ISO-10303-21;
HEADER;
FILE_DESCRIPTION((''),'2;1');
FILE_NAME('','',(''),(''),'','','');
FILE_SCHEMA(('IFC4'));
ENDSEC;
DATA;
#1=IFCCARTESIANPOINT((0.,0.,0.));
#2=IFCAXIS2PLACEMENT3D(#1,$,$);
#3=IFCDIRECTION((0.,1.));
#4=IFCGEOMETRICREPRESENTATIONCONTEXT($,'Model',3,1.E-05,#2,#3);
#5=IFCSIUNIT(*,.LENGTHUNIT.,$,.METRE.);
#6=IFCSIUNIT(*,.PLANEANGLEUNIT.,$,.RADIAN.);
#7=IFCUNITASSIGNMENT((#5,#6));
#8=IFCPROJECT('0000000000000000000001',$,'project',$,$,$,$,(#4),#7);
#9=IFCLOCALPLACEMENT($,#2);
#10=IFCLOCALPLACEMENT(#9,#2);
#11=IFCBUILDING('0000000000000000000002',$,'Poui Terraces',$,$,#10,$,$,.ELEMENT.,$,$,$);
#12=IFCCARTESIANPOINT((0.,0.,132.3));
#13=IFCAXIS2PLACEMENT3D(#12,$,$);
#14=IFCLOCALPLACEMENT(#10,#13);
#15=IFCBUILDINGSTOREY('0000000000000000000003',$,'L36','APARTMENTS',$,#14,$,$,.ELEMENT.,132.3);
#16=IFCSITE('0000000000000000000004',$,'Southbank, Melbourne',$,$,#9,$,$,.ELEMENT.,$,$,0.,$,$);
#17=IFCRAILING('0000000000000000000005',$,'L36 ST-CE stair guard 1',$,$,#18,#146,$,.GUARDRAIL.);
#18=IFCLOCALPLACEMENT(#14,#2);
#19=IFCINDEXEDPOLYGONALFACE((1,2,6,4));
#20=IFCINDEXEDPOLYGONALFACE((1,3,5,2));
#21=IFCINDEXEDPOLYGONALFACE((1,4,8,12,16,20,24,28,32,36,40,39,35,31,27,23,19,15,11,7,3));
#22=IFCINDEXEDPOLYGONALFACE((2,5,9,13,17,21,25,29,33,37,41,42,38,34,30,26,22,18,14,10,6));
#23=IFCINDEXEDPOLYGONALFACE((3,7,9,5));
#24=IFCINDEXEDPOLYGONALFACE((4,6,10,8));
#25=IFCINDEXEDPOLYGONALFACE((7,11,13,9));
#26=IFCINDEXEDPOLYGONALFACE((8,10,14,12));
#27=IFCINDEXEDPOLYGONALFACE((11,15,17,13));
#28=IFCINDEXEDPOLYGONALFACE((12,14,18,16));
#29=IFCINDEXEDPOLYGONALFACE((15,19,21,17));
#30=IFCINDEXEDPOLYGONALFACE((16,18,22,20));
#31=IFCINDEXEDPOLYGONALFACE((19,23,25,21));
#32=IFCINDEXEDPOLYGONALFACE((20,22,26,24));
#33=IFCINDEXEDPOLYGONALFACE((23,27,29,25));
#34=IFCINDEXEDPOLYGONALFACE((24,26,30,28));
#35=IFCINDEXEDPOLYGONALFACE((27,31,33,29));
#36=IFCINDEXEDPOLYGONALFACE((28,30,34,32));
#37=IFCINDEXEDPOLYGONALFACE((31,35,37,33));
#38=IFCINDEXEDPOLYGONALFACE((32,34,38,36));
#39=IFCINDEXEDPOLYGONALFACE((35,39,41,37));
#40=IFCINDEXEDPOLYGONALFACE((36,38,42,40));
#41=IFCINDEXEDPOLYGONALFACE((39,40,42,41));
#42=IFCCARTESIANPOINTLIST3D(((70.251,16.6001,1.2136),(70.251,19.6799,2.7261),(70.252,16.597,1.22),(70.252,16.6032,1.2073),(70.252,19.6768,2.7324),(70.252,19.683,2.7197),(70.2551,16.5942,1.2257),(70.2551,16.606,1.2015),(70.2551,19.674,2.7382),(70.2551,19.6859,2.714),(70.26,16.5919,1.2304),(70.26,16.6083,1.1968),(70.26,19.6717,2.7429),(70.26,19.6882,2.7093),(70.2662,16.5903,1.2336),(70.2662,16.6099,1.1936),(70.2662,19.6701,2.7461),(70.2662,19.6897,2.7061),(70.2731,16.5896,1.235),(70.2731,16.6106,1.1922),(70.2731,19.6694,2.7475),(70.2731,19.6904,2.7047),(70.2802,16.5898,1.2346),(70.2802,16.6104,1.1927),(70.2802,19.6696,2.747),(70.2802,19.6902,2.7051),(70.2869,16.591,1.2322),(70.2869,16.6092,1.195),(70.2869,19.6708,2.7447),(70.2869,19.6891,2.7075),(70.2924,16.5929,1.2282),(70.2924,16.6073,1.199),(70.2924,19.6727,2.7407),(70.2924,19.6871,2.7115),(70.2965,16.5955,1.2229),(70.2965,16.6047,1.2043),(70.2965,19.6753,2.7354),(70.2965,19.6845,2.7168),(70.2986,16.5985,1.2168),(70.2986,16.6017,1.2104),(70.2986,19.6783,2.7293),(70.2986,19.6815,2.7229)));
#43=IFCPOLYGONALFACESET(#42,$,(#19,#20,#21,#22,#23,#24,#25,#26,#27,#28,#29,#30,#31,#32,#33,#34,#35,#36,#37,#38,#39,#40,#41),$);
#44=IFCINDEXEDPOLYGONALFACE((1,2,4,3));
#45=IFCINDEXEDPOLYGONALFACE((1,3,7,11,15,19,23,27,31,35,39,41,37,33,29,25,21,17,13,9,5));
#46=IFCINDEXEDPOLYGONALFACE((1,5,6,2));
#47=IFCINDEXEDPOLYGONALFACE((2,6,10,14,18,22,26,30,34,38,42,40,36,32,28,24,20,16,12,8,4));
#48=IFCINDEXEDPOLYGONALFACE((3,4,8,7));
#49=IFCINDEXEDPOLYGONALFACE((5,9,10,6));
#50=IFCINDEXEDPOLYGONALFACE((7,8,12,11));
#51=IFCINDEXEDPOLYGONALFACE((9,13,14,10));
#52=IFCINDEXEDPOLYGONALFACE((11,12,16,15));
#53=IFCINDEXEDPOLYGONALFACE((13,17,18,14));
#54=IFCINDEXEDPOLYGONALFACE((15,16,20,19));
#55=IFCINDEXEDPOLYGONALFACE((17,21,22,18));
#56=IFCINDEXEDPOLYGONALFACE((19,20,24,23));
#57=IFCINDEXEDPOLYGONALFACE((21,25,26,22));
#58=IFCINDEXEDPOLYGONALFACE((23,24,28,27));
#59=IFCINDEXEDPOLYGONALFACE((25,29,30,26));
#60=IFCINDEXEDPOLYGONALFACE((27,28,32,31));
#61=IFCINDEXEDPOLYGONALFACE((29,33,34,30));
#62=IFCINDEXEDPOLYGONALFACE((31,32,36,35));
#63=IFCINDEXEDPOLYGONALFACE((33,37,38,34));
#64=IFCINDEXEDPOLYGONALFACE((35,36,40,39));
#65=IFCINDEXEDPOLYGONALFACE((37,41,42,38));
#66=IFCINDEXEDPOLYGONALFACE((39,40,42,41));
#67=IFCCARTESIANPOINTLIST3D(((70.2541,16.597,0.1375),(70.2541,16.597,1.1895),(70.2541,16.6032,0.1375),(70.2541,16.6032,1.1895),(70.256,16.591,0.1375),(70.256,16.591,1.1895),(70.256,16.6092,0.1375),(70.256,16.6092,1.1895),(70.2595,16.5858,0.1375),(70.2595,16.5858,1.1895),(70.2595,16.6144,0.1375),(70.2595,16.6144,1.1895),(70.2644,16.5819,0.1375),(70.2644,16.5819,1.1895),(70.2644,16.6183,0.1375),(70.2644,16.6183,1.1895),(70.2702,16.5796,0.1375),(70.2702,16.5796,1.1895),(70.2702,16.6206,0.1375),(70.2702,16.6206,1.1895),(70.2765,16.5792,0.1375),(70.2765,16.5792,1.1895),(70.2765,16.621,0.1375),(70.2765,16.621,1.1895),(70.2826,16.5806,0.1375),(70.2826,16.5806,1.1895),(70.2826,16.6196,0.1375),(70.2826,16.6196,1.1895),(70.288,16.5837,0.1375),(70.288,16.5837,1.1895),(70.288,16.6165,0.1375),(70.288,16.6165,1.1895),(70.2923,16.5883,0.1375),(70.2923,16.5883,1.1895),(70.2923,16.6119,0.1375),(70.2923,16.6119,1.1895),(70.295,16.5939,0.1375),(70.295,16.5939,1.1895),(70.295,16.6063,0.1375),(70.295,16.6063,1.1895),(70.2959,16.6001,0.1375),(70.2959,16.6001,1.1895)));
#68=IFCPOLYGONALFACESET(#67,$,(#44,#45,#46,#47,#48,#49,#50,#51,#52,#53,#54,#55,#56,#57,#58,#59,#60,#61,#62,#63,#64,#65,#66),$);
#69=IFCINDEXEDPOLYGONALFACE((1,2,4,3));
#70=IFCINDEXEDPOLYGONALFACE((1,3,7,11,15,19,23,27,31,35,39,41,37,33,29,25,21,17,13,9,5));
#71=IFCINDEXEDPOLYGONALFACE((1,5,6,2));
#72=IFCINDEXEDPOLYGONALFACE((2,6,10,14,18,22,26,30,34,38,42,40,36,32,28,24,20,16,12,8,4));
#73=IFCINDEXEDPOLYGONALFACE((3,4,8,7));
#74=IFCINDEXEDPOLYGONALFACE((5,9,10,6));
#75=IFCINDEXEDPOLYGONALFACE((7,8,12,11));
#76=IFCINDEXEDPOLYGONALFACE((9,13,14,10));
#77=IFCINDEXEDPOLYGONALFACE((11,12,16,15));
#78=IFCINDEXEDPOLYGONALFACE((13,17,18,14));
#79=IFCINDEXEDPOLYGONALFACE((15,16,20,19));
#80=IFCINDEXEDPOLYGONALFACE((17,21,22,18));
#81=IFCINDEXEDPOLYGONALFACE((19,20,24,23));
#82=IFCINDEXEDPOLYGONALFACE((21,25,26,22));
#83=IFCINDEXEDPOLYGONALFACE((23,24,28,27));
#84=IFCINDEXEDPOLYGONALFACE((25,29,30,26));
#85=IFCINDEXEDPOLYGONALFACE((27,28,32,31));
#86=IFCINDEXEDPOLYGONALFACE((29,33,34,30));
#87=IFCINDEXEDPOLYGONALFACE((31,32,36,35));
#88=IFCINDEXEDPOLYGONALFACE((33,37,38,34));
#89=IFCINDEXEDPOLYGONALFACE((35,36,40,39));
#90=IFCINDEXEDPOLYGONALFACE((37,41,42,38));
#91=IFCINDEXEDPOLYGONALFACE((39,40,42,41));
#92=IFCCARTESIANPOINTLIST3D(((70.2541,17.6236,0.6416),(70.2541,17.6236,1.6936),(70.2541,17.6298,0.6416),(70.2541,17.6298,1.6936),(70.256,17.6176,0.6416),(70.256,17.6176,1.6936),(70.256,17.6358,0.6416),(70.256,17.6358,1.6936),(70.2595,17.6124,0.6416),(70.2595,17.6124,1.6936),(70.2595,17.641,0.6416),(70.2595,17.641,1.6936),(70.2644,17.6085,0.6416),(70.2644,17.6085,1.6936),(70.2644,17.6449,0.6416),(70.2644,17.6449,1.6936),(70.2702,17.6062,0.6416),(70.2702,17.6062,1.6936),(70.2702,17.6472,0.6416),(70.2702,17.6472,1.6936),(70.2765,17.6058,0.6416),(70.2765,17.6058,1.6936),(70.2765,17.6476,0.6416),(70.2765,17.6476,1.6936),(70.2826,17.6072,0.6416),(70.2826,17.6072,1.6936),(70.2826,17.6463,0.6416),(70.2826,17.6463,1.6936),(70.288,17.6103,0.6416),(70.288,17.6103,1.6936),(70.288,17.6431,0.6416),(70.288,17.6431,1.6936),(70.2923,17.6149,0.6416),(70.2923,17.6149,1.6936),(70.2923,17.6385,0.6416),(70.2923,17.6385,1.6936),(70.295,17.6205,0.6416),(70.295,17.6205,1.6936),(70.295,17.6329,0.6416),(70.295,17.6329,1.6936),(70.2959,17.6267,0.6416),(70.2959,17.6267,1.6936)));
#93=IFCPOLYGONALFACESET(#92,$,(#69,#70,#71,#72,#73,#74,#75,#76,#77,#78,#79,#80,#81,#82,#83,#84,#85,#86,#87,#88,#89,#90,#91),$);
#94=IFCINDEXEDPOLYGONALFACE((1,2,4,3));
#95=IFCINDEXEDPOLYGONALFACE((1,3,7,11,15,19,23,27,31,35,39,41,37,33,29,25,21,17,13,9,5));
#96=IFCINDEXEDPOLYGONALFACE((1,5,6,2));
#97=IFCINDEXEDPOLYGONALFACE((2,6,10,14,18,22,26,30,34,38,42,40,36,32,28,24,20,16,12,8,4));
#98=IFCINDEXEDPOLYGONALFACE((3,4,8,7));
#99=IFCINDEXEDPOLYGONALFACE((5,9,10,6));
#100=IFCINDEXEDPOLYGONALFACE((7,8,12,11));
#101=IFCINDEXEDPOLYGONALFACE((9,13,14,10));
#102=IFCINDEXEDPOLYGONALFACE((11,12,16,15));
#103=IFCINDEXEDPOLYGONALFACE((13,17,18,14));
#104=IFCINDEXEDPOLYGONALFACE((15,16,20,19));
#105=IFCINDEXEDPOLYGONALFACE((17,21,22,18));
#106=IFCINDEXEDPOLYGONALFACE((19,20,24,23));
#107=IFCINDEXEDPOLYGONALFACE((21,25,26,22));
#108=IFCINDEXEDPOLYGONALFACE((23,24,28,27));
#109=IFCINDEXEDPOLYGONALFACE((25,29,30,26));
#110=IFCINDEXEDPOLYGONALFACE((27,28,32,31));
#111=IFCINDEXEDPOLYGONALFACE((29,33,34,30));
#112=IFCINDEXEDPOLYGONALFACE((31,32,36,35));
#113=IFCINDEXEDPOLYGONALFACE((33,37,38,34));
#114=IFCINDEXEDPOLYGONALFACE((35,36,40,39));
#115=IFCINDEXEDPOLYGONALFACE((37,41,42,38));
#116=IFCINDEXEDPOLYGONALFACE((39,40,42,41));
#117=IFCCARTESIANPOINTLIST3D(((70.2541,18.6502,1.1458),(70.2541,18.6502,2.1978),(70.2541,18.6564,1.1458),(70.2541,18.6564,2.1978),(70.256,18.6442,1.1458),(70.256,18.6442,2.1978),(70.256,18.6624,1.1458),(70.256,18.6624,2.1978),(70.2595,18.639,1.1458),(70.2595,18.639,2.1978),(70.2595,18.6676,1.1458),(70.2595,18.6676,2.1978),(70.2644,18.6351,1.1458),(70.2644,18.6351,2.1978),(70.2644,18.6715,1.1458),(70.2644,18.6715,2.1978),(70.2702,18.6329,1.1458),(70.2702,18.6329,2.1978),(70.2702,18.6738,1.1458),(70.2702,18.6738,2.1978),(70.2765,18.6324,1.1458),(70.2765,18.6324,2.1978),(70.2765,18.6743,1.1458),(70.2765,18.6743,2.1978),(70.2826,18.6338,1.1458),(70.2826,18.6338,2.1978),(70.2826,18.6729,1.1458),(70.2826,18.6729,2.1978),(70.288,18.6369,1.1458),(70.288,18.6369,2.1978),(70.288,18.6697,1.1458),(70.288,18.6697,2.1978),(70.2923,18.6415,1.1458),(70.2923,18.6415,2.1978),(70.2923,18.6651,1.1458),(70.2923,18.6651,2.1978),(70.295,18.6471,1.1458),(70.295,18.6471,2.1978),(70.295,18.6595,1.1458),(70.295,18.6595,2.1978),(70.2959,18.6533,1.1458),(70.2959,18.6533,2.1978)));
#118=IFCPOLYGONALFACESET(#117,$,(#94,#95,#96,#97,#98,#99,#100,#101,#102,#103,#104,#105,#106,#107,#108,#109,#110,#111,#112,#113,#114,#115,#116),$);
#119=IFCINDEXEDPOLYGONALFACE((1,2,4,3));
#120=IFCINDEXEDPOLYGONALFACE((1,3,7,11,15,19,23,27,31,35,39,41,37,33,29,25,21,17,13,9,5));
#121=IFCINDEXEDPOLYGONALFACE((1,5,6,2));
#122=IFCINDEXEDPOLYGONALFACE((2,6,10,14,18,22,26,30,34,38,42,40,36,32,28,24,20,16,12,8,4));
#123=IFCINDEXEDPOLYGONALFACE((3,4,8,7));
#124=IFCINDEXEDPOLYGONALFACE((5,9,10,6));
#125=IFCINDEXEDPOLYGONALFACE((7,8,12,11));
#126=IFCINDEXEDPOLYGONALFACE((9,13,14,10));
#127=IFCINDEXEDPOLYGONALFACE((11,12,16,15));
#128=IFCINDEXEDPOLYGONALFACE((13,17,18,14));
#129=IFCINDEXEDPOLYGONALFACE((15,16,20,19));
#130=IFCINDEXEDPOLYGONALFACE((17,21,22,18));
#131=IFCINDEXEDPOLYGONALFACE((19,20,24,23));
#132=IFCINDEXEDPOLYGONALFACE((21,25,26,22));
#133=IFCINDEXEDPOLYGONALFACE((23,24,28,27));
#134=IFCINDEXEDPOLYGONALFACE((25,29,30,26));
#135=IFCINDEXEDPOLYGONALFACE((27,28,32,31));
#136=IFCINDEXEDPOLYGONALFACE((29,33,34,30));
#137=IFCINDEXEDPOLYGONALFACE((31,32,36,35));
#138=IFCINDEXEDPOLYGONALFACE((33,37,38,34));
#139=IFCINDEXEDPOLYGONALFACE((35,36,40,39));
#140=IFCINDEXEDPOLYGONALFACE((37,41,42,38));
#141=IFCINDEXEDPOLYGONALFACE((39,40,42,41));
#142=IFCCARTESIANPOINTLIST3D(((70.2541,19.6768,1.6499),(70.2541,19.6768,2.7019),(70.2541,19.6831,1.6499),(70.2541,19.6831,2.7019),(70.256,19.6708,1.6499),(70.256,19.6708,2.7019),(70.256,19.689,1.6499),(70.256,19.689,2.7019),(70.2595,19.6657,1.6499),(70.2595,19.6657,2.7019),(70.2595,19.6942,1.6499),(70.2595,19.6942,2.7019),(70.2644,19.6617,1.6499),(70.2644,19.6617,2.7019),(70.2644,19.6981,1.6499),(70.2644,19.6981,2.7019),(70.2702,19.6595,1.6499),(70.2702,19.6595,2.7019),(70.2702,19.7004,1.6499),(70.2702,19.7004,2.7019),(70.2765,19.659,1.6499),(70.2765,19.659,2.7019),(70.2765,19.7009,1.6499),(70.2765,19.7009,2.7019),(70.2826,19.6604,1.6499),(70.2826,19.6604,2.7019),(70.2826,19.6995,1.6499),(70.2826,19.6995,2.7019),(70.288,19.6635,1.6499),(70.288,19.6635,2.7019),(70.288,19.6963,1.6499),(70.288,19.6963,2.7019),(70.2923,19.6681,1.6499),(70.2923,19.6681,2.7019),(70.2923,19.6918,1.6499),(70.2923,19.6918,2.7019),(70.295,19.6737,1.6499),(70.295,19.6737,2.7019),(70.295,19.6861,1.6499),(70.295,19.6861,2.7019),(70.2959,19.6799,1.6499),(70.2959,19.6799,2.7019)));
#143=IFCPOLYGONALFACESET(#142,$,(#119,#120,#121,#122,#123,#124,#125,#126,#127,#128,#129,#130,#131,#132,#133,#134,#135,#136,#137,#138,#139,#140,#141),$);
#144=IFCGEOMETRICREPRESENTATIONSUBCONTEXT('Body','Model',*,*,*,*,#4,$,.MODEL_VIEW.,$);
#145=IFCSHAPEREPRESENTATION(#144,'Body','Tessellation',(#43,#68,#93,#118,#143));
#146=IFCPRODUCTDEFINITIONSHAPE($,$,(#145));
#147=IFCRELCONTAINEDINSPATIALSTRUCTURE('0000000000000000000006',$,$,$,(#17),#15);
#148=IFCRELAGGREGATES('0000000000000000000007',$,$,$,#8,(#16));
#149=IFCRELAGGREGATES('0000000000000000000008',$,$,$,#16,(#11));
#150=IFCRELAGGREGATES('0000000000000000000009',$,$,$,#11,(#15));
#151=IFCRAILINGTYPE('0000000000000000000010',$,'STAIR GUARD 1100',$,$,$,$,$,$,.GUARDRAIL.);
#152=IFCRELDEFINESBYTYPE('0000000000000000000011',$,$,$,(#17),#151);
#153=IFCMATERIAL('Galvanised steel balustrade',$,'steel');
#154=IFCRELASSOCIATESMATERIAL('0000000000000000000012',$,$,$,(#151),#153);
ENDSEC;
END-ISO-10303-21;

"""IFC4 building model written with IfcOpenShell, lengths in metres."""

from ifc_helpers import new_model, si_unit, direction, frame, origin, origin_2d, place, context, subcontext, project, spatial, circle, extrude, material, type_object, element, save


model = new_model("IFC4")

# Units and contexts
model_context = context("Model", 3, precision=1e-05, world=origin(), true_north=direction((0.0, 1.0)))
body_context = subcontext(model_context, "Body", "Model", "MODEL_VIEW")
ifc_project = project(units=[si_unit("LENGTHUNIT", "METRE"), si_unit("PLANEANGLEUNIT", "RADIAN")], contexts=[model_context])

# Site, building, storey
site_placement = place(None, origin())
site = spatial("IfcSite", under=ifc_project, at=site_placement, Name="Southbank, Melbourne", CompositionType="ELEMENT", RefElevation=0.0)
building_placement = place(site_placement, origin())
building = spatial("IfcBuilding", under=site, at=building_placement, Name="Poui Terraces", CompositionType="ELEMENT")
storey_placement = place(building_placement, frame((0.0, 0.0, 132.3)))
storey = spatial("IfcBuildingStorey", under=building, at=storey_placement, Name="L36", Description="APARTMENTS", CompositionType="ELEMENT", Elevation=132.3)

# Railing
ifc_material_1 = material(Name="Galvanised steel balustrade", Category="steel")
railing_type_1 = type_object("IfcRailingType", Name="STAIR GUARD 1100", PredefinedType="GUARDRAIL", material=ifc_material_1)
railing_1_placement = place(storey_placement, frame((70.2749, 16.6001, 0.1375)))
element("IfcRailing", 1, at=railing_1_placement, inside=storey, type_object=railing_type_1, Name="L36 ST-CE stair guard 1", PredefinedType="GUARDRAIL", context=body_context, shape_type="SweptSolid", body=[
    extrude(circle(Radius=0.0239, at=origin_2d()), frame((0.0, 0.0, 1.0762), z_axis=(0.0, 0.897606, 0.440798), x_axis=(-1.0, 0.0, 0.0)), (0.0, 0.0, 1.0), 3.4312),
    extrude(circle(Radius=0.021, at=origin_2d()), origin(), (0.0, 0.0, 1.0), 1.052),
    extrude(circle(Radius=0.021, at=origin_2d()), frame((0.0, 1.0266, 0.5042)), (0.0, 0.0, 1.0), 1.052),
    extrude(circle(Radius=0.021, at=origin_2d()), frame((0.0, 2.0532, 1.0083)), (0.0, 0.0, 1.0), 1.052),
    extrude(circle(Radius=0.021, at=origin_2d()), frame((0.0, 3.0798, 1.5125)), (0.0, 0.0, 1.0), 1.052),
])

save(model, "model.ifc")
